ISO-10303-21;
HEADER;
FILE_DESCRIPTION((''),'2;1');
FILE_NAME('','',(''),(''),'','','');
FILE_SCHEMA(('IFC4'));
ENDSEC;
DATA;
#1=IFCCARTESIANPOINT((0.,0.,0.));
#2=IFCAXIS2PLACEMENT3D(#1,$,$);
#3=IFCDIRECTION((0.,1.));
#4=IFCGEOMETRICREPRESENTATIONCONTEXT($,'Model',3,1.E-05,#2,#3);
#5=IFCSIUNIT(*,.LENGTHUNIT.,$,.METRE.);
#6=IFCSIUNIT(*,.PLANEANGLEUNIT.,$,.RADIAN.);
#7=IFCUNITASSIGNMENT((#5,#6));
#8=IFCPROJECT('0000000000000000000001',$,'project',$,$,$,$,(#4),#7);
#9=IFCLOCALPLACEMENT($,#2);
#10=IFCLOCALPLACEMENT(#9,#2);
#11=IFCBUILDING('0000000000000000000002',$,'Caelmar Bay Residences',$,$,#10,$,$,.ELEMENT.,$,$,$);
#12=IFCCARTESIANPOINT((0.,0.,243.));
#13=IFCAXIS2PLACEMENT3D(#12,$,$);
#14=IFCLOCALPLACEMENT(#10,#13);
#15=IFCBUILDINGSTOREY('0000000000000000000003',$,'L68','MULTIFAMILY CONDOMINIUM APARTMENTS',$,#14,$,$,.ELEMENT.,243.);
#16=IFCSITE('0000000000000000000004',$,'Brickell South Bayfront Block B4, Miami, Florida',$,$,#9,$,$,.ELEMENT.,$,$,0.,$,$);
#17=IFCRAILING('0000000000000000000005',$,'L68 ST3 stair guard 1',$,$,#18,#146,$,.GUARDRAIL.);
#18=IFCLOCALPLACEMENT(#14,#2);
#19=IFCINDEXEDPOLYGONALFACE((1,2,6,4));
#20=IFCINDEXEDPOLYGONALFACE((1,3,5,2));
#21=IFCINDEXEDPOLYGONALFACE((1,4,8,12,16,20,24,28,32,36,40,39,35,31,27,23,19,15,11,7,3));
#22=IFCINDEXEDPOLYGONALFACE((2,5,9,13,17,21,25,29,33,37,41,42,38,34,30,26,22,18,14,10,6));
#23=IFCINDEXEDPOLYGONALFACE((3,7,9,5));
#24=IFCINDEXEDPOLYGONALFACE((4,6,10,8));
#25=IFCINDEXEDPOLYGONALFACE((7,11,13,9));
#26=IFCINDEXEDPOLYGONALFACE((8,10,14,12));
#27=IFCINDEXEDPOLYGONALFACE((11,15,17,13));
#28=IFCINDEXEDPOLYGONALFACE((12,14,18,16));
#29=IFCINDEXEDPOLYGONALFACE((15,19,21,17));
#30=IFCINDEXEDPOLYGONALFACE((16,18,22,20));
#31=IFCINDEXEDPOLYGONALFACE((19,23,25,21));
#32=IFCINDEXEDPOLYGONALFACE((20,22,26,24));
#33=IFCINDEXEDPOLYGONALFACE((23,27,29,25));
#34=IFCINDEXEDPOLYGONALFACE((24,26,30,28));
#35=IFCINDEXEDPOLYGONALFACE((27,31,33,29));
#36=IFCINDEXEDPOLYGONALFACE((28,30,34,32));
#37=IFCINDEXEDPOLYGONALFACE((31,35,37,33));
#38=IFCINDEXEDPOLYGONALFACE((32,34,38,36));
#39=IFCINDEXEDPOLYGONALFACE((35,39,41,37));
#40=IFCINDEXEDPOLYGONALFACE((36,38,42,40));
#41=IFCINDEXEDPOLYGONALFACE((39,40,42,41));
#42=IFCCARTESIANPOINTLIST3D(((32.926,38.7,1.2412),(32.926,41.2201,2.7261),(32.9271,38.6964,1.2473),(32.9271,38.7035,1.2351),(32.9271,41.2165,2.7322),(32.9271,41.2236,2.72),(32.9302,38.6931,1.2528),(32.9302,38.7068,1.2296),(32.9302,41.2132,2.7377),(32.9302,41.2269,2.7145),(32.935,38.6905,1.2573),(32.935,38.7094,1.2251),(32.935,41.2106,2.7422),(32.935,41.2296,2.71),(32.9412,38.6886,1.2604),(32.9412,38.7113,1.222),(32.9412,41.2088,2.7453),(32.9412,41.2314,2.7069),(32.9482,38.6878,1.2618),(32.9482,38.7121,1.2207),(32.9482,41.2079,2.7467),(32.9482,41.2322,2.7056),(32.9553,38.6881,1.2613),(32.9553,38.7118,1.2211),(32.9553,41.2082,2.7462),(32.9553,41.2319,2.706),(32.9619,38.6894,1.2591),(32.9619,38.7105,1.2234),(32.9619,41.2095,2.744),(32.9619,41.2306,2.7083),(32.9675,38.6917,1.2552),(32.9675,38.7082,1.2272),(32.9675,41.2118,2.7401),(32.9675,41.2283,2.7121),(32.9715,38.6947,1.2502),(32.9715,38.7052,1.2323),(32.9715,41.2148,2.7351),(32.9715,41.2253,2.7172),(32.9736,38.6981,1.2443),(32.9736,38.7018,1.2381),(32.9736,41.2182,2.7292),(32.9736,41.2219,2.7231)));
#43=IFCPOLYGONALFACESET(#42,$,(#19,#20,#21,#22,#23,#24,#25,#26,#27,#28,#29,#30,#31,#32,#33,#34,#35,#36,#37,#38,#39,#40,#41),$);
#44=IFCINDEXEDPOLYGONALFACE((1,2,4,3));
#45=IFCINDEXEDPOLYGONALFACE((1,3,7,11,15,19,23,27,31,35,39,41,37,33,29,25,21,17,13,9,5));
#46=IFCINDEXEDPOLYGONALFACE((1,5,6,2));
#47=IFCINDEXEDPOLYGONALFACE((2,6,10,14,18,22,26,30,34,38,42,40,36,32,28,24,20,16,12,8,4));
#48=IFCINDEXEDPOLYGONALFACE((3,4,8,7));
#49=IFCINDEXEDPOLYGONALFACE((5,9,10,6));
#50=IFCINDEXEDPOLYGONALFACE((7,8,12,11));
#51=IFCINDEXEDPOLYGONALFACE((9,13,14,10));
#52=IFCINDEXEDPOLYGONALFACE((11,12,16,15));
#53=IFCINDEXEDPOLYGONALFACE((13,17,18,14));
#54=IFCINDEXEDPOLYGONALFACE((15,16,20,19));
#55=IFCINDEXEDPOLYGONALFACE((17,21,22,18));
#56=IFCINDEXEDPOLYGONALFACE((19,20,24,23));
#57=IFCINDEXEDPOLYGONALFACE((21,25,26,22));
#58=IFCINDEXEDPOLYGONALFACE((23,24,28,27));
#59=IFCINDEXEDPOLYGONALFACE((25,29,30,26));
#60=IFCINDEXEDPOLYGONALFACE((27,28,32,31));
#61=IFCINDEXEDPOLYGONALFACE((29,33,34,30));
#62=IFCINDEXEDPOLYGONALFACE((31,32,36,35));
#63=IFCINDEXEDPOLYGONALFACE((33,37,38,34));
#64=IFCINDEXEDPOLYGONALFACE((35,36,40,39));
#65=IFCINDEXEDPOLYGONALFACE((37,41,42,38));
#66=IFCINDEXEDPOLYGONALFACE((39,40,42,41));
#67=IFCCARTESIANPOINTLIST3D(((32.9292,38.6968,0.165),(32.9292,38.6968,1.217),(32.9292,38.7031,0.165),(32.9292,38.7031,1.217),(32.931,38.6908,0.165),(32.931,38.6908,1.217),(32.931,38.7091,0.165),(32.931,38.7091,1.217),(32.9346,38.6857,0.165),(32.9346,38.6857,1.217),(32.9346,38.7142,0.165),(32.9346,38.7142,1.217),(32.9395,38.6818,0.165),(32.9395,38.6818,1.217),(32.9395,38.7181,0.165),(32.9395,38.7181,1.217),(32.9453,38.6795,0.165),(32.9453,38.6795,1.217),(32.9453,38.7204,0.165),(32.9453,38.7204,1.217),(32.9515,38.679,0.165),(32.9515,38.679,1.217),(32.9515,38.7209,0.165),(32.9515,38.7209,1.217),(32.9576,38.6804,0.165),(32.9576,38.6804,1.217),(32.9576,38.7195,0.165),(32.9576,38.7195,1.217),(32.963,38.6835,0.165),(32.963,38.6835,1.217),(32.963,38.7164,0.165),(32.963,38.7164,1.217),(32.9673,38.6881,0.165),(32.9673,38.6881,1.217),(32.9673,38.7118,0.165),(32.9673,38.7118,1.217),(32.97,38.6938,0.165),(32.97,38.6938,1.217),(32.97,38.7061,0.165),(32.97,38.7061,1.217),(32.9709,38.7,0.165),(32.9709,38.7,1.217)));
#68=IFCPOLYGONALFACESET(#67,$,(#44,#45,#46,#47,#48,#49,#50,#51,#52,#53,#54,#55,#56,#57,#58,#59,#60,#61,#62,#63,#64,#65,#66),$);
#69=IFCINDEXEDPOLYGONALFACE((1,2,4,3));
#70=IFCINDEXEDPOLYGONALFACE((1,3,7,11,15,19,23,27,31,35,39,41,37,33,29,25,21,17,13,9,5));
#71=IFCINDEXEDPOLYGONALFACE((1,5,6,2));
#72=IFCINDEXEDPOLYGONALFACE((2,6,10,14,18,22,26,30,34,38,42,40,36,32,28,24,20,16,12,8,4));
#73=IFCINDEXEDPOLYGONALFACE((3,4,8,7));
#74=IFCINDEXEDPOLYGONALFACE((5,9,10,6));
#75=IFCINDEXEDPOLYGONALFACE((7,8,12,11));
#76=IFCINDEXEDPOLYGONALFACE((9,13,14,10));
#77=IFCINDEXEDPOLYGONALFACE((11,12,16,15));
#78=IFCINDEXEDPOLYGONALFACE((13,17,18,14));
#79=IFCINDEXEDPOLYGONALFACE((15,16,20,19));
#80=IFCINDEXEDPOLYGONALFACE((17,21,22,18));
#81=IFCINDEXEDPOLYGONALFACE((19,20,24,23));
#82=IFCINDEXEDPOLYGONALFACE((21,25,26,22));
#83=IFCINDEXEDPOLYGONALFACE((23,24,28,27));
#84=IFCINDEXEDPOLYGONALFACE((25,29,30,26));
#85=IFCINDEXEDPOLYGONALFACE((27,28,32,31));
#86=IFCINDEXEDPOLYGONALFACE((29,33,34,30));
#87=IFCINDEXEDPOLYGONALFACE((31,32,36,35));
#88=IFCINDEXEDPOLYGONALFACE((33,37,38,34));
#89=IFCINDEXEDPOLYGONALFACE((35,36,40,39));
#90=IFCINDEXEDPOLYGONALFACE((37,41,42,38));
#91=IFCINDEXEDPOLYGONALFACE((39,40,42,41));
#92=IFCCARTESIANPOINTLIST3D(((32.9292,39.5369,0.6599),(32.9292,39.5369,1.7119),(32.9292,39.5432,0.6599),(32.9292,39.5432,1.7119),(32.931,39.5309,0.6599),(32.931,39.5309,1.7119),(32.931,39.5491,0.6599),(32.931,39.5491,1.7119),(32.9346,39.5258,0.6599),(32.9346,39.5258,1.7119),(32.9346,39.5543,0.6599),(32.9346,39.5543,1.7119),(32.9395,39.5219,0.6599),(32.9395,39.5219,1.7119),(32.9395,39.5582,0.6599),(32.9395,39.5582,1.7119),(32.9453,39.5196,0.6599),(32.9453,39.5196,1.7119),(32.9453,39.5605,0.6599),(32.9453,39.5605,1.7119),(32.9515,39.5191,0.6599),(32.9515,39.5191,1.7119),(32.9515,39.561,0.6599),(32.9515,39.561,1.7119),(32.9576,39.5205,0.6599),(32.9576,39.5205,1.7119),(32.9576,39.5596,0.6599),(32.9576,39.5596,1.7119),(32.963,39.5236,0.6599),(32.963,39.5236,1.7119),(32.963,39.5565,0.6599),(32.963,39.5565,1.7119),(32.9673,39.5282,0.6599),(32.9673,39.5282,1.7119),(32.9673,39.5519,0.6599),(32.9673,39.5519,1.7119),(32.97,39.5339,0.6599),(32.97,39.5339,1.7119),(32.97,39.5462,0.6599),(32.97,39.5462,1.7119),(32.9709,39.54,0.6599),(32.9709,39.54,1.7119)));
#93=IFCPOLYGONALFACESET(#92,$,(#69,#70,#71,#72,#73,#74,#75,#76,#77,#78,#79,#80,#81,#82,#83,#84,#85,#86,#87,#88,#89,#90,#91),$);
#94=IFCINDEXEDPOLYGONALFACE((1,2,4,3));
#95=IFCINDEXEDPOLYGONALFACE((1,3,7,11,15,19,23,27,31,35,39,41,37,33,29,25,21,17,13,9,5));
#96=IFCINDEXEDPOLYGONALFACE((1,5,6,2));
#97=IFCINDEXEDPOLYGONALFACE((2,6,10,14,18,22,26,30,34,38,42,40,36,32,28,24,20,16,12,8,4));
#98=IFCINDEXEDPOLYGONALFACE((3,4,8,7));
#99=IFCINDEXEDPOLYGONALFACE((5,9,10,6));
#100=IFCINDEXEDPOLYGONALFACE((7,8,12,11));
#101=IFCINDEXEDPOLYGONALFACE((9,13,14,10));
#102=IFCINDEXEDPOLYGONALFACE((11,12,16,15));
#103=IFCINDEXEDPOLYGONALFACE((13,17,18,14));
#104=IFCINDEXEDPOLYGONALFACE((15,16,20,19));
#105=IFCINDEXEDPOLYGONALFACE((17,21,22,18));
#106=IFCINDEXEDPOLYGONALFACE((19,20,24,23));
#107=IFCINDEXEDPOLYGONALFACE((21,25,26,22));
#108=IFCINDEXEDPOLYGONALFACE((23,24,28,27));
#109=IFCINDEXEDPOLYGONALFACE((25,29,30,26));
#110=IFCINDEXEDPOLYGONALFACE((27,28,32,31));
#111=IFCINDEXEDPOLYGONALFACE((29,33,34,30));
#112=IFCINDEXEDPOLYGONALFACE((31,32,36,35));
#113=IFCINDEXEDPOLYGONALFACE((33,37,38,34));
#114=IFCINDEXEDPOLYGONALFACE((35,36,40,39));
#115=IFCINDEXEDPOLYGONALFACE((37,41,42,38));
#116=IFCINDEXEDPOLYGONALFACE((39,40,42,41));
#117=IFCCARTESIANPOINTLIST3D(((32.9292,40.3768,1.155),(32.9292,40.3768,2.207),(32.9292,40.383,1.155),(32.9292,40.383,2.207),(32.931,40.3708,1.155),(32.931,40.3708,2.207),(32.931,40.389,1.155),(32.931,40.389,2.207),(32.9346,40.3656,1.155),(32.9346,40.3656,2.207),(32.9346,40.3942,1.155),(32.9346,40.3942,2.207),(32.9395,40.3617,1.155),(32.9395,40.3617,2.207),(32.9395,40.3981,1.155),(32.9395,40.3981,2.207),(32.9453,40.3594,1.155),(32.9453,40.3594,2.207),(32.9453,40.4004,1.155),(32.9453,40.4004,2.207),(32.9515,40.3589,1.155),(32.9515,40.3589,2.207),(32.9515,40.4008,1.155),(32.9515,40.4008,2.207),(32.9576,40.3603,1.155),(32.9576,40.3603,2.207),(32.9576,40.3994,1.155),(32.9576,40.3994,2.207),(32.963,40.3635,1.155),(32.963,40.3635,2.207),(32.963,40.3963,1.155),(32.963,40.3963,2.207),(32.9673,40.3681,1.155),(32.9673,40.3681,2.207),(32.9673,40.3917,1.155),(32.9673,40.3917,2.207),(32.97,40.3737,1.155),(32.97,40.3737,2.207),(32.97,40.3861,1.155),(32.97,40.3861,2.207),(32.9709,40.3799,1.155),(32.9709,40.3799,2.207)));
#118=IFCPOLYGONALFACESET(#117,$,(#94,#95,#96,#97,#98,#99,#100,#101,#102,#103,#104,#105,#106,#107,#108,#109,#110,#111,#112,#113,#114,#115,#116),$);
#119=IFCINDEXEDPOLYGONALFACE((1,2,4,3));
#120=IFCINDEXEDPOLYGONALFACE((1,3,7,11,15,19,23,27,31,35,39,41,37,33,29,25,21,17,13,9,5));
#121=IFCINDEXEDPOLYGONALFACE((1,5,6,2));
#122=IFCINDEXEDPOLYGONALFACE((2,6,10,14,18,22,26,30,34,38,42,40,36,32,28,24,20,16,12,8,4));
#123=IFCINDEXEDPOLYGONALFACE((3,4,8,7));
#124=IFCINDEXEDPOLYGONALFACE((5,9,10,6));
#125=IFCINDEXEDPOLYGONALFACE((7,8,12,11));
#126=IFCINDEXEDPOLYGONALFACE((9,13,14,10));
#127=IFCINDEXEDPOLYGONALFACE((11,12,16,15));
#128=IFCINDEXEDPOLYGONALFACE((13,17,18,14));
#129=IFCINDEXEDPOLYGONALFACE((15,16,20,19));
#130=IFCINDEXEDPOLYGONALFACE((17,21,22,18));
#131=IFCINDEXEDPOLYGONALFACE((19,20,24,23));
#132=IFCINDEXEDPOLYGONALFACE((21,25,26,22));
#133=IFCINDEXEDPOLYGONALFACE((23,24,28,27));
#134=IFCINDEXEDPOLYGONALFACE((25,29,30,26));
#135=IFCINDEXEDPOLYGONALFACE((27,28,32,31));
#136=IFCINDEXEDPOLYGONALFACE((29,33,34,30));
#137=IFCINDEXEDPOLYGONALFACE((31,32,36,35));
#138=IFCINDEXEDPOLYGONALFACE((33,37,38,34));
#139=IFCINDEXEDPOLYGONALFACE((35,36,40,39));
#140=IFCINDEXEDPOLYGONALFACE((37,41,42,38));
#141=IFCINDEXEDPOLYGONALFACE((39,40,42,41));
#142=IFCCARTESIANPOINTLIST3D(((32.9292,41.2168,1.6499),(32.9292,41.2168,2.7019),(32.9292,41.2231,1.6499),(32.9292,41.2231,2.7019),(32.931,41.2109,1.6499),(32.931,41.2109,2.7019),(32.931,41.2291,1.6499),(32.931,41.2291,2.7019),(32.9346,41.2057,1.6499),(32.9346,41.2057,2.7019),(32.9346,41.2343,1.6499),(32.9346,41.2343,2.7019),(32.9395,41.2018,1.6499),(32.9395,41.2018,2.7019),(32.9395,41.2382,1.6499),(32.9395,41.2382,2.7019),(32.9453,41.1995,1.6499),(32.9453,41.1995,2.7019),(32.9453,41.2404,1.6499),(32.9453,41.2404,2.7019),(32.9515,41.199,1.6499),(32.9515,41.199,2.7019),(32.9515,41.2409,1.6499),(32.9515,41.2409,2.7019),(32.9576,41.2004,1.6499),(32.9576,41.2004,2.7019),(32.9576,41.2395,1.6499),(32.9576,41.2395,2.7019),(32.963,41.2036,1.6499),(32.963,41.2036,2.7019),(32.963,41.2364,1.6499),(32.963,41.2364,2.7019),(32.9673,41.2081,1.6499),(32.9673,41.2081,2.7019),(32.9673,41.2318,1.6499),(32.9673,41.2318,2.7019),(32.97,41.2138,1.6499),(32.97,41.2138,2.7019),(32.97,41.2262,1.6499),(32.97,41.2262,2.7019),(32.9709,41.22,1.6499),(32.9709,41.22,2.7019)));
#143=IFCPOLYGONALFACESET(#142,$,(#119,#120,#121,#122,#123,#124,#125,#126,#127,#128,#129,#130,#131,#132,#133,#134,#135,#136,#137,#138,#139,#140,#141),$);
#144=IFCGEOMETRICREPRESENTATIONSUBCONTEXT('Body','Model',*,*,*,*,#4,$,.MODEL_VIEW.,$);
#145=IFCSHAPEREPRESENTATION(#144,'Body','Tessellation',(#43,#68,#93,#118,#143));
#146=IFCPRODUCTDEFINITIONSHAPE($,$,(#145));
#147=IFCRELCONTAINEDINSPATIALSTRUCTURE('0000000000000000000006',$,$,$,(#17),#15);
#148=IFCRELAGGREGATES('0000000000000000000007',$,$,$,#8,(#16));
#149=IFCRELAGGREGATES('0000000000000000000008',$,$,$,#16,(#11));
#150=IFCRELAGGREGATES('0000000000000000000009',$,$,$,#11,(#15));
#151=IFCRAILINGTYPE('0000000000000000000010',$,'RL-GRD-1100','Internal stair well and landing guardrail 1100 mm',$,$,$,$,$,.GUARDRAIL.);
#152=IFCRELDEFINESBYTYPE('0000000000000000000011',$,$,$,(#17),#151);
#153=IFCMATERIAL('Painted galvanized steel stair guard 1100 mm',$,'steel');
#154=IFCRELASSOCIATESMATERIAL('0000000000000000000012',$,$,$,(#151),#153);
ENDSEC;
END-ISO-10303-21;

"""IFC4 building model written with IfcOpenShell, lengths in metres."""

from ifc_helpers import new_model, si_unit, direction, frame, origin, origin_2d, place, context, subcontext, project, spatial, circle, extrude, material, type_object, element, save


model = new_model("IFC4")

# Units and contexts
model_context = context("Model", 3, precision=1e-05, world=origin(), true_north=direction((0.0, 1.0)))
body_context = subcontext(model_context, "Body", "Model", "MODEL_VIEW")
ifc_project = project(units=[si_unit("LENGTHUNIT", "METRE"), si_unit("PLANEANGLEUNIT", "RADIAN")], contexts=[model_context])

# Site, building, storey
site_placement = place(None, origin())
site = spatial("IfcSite", under=ifc_project, at=site_placement, Name="Brickell South Bayfront Block B4, Miami, Florida", CompositionType="ELEMENT", RefElevation=0.0)
building_placement = place(site_placement, origin())
building = spatial("IfcBuilding", under=site, at=building_placement, Name="Caelmar Bay Residences", CompositionType="ELEMENT")
storey_placement = place(building_placement, frame((0.0, 0.0, 243.0)))
storey = spatial("IfcBuildingStorey", under=building, at=storey_placement, Name="L68", Description="MULTIFAMILY CONDOMINIUM APARTMENTS", CompositionType="ELEMENT", Elevation=243.0)

# Railing
ifc_material_1 = material(Name="Painted galvanized steel stair guard 1100 mm", Category="steel")
railing_type_1 = type_object("IfcRailingType", Name="RL-GRD-1100", Description="Internal stair well and landing guardrail 1100 mm", PredefinedType="GUARDRAIL", material=ifc_material_1)
railing_1_placement = place(storey_placement, frame((32.95, 38.7, 0.165)))
element("IfcRailing", 1, at=railing_1_placement, inside=storey, type_object=railing_type_1, Name="L68 ST3 stair guard 1", PredefinedType="GUARDRAIL", context=body_context, shape_type="SweptSolid", body=[
    extrude(circle(Radius=0.0239, at=origin_2d()), frame((0.0, 0.0, 1.0762), z_axis=(0.0, 0.861561, 0.507655), x_axis=(-1.0, 0.0, 0.0)), (0.0, 0.0, 1.0), 2.925),
    extrude(circle(Radius=0.021, at=origin_2d()), origin(), (0.0, 0.0, 1.0), 1.052),
    extrude(circle(Radius=0.021, at=origin_2d()), frame((0.0, 0.8401, 0.4949)), (0.0, 0.0, 1.0), 1.052),
    extrude(circle(Radius=0.021, at=origin_2d()), frame((0.0, 1.6799, 0.99)), (0.0, 0.0, 1.0), 1.052),
    extrude(circle(Radius=0.021, at=origin_2d()), frame((0.0, 2.52, 1.4849)), (0.0, 0.0, 1.0), 1.052),
])

save(model, "model.ifc")
